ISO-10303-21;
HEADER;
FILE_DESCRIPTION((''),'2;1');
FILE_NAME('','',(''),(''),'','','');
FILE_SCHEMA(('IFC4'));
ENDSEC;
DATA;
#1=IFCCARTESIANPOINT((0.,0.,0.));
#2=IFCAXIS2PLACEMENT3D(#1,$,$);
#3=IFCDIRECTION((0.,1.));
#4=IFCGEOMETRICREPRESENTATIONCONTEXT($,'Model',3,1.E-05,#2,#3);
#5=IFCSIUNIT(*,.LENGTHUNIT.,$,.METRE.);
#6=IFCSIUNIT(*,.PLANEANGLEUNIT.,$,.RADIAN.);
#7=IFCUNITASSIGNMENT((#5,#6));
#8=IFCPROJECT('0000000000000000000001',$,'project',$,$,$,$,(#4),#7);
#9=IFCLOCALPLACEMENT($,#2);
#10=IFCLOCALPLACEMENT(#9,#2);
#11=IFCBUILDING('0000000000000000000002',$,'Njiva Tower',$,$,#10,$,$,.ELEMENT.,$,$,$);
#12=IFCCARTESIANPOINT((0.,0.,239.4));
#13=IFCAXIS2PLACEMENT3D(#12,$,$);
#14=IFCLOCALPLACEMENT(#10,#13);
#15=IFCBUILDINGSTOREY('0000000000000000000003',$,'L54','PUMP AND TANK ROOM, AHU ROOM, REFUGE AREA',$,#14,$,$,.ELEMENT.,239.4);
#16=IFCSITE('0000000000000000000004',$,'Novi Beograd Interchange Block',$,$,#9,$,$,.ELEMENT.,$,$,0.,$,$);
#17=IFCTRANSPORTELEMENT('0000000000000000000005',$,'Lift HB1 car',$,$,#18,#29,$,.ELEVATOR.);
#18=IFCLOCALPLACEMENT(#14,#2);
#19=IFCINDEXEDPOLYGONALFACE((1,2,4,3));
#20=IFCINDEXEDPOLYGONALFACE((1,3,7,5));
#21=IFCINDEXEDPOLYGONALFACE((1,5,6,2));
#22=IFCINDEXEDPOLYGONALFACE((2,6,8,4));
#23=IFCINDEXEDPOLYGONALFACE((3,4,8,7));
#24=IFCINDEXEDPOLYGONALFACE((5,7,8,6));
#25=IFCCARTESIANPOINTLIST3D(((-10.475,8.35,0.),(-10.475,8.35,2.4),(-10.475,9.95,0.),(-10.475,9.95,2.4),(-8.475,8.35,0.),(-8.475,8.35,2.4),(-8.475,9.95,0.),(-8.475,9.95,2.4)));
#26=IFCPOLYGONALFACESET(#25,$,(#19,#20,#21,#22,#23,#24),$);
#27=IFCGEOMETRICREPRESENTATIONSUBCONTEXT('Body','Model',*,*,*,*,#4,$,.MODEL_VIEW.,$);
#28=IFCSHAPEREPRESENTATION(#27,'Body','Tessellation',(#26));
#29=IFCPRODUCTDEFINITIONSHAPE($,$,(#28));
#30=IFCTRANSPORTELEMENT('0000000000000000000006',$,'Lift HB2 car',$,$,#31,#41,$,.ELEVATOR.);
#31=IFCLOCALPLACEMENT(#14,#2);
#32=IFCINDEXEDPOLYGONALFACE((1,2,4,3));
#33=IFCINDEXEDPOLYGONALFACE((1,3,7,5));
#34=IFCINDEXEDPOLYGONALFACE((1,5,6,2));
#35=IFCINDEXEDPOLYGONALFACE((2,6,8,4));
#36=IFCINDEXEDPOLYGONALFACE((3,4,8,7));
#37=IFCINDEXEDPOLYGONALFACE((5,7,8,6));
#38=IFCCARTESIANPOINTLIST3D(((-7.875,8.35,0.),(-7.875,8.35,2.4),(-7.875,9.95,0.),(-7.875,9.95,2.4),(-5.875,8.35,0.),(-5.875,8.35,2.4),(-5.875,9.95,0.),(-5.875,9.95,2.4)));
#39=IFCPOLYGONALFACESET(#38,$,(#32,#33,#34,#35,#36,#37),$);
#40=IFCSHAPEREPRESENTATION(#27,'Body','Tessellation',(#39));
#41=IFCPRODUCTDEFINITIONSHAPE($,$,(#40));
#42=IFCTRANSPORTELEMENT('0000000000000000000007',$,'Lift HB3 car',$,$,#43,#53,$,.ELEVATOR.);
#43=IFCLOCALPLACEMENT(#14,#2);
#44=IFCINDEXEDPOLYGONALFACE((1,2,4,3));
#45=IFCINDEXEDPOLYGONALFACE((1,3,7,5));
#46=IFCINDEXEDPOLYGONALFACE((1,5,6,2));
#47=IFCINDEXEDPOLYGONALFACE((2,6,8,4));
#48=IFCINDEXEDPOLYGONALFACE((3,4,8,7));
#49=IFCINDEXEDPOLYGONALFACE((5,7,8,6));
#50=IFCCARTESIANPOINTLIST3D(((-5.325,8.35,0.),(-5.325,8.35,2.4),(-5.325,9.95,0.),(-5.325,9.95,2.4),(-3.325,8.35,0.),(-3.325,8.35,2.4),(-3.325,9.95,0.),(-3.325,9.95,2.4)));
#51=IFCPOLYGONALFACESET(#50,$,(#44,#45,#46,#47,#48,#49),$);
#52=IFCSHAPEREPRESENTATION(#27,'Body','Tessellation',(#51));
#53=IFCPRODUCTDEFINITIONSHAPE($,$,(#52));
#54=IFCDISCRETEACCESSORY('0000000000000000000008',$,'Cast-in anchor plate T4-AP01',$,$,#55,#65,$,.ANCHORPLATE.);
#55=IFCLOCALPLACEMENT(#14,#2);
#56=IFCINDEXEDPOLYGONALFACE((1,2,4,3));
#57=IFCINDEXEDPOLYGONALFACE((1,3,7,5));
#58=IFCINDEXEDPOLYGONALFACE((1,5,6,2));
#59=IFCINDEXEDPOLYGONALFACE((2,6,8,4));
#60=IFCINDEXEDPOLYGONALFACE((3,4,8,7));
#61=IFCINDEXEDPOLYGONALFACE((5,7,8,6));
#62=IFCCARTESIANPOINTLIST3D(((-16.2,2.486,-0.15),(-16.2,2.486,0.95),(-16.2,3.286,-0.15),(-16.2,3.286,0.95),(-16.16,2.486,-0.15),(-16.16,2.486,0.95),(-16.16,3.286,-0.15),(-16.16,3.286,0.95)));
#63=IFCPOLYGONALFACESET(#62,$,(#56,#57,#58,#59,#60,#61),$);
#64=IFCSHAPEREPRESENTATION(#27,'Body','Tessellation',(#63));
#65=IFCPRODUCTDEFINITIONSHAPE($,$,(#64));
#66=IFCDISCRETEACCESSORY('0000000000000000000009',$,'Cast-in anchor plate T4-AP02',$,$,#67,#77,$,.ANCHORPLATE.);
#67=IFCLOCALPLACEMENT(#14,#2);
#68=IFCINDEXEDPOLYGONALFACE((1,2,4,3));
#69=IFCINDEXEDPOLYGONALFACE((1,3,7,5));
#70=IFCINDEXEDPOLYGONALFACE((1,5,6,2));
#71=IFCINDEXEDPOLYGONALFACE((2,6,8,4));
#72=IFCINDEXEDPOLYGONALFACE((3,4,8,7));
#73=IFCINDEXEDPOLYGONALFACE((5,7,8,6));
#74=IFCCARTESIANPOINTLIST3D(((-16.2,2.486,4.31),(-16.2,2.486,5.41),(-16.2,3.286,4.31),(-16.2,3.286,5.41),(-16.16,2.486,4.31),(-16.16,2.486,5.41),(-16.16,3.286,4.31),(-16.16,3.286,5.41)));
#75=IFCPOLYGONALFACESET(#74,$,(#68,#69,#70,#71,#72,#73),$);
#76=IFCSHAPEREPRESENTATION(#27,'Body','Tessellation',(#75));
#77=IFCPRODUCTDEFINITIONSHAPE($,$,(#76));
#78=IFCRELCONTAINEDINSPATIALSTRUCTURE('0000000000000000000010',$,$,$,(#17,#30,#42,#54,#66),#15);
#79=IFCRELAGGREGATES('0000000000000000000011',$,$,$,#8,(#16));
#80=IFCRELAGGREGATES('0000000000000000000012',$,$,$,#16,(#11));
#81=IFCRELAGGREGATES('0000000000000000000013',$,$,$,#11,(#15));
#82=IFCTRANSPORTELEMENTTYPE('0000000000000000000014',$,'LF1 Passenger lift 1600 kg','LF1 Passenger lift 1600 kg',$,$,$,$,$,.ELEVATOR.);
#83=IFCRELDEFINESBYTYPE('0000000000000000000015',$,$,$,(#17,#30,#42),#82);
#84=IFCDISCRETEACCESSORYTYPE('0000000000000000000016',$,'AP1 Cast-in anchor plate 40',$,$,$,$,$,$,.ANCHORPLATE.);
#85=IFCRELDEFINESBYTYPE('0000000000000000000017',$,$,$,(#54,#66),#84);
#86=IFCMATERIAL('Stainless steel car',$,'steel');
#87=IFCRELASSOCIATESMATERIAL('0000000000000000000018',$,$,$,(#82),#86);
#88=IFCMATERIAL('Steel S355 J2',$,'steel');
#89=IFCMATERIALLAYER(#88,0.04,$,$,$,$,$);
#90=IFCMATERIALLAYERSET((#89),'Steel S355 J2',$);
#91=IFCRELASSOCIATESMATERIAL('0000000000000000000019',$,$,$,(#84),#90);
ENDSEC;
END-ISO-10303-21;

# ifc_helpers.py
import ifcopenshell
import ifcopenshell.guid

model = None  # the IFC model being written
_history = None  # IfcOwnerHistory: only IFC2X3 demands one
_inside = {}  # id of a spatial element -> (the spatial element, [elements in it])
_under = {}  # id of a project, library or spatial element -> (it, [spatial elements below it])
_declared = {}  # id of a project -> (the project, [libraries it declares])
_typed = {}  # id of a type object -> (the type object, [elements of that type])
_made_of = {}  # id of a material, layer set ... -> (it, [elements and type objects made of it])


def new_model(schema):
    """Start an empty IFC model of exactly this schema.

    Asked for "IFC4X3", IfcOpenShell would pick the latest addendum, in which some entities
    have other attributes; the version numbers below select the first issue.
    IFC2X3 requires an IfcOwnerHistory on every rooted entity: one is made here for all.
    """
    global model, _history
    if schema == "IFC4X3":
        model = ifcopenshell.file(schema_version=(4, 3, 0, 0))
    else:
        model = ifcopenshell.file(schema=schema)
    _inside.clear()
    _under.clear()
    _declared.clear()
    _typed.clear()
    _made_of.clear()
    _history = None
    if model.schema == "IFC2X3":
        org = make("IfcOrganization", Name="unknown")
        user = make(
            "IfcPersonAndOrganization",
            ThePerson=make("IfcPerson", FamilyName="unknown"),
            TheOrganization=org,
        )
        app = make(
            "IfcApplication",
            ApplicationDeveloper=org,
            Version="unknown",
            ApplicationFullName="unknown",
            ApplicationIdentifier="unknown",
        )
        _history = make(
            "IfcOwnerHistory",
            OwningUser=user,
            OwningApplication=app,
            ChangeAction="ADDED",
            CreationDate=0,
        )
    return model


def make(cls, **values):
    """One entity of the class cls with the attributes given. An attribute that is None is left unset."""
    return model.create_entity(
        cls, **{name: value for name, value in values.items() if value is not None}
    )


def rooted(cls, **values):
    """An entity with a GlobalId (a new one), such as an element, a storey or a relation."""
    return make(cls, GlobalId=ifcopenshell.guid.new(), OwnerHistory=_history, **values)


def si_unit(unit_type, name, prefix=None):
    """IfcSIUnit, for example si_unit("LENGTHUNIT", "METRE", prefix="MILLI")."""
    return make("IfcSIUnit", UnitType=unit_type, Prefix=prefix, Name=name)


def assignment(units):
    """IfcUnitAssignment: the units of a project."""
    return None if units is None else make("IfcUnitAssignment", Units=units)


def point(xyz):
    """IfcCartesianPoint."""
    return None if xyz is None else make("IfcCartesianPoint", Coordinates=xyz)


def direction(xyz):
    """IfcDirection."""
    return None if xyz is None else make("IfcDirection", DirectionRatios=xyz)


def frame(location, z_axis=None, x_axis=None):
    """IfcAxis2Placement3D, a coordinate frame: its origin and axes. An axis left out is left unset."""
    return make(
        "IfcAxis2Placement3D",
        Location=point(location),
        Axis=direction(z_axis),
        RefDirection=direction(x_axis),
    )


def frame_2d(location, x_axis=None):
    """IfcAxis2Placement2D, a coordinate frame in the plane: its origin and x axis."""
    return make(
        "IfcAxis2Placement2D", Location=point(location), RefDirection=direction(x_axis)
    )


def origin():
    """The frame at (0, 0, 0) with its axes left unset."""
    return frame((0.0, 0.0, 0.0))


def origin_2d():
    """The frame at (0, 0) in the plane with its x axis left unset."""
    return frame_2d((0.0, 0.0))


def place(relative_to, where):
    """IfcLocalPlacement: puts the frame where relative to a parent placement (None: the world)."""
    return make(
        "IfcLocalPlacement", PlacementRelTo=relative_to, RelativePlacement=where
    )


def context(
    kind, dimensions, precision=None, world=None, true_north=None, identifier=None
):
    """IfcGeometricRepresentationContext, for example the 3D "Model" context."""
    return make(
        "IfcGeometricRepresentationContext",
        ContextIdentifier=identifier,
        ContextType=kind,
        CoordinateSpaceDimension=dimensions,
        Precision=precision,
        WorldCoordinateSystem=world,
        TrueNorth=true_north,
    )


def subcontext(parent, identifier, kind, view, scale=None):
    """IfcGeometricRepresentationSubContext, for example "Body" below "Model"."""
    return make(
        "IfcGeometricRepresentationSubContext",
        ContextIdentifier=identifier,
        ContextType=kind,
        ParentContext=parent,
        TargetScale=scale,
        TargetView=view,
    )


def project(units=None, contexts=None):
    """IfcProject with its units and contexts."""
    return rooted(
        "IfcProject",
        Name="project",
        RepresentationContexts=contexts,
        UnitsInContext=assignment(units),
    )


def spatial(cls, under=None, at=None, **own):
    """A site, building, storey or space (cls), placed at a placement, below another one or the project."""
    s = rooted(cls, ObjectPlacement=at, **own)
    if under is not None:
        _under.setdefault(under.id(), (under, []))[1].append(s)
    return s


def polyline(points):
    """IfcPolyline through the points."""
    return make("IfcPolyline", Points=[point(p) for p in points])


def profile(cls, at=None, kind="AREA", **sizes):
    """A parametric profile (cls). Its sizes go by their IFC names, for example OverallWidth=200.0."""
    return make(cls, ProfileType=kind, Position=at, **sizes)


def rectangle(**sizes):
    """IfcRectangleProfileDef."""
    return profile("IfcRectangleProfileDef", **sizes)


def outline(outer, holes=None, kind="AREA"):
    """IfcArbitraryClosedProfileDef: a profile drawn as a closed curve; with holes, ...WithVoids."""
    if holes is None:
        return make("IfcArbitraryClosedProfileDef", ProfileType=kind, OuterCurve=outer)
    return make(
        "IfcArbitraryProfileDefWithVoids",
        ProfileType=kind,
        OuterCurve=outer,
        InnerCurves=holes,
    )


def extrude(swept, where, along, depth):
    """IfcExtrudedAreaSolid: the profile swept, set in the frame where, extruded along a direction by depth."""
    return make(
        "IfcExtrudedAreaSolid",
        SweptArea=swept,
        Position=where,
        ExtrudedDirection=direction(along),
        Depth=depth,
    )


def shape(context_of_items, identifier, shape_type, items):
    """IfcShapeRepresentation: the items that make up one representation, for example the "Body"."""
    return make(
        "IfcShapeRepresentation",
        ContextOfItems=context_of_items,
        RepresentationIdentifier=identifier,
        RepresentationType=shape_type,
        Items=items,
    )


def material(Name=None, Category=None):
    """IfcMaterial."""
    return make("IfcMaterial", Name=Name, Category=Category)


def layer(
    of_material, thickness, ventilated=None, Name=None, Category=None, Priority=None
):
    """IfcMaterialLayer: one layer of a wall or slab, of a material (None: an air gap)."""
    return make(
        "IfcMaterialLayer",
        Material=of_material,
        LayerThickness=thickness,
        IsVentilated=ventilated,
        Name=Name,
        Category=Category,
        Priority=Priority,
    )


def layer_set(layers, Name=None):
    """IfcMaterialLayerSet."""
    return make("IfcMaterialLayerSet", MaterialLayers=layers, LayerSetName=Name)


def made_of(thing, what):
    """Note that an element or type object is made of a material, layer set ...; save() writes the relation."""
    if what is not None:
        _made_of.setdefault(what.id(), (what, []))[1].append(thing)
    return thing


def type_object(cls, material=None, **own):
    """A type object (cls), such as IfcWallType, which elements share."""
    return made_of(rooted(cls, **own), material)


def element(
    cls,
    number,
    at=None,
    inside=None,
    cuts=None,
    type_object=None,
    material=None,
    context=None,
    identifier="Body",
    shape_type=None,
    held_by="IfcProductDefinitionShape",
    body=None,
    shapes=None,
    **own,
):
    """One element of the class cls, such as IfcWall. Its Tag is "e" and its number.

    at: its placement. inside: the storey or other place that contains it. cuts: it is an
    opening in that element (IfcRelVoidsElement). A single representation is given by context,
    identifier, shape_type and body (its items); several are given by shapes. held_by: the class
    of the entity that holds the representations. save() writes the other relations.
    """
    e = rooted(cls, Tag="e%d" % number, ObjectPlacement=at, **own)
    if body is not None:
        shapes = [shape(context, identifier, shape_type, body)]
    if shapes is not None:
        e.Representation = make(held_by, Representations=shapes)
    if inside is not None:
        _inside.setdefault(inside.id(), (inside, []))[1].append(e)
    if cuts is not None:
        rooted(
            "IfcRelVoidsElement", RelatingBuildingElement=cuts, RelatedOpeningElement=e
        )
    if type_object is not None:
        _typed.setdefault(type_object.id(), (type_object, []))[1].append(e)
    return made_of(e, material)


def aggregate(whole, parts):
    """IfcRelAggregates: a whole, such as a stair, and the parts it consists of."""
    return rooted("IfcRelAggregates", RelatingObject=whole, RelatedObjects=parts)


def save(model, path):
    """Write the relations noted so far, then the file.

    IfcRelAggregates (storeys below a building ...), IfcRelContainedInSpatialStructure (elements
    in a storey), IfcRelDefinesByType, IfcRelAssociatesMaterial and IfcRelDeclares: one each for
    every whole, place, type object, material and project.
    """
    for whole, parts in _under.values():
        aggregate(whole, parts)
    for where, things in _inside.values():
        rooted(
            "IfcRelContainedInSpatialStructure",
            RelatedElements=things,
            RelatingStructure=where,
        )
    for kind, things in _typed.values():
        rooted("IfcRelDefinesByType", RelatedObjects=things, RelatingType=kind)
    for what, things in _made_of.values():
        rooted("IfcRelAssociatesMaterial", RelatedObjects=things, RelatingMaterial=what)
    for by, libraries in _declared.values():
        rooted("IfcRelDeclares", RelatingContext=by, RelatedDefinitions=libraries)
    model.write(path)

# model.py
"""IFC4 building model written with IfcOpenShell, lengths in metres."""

from ifc_helpers import new_model, si_unit, direction, frame, origin, origin_2d, place, context, subcontext, project, spatial, polyline, rectangle, outline, extrude, material, layer, layer_set, type_object, element, save


model = new_model("IFC4")

# Units and contexts
model_context = context("Model", 3, precision=1e-05, world=origin(), true_north=direction((0.0, 1.0)))
body_context = subcontext(model_context, "Body", "Model", "MODEL_VIEW")
ifc_project = project(units=[si_unit("LENGTHUNIT", "METRE"), si_unit("PLANEANGLEUNIT", "RADIAN")], contexts=[model_context])

# Site, building, storey
site_placement = place(None, origin())
site = spatial("IfcSite", under=ifc_project, at=site_placement, Name="Novi Beograd Interchange Block", CompositionType="ELEMENT", RefElevation=0.0)
building_placement = place(site_placement, origin())
building = spatial("IfcBuilding", under=site, at=building_placement, Name="Njiva Tower", CompositionType="ELEMENT")
storey_placement = place(building_placement, frame((0.0, 0.0, 239.4)))
storey = spatial("IfcBuildingStorey", under=building, at=storey_placement, Name="L54", Description="PUMP AND TANK ROOM, AHU ROOM, REFUGE AREA", CompositionType="ELEMENT", Elevation=239.4)

# Shared definitions
ifc_material_1 = material(Name="Steel S355 J2", Category="steel")

# Transport elements
ifc_material_2 = material(Name="Stainless steel car", Category="steel")
transport_element_type = type_object("IfcTransportElementType", Name="LF1 Passenger lift 1600 kg", Description="LF1 Passenger lift 1600 kg", PredefinedType="ELEVATOR", material=ifc_material_2)
for number, where, z_axis, x_axis, name in (
    (1, (-9.475, 9.15, 0.0), (0.0, 0.0, 1.0), (1.0, 0.0, 0.0), "Lift HB1 car"),
    (2, (-6.875, 9.15, 0.0), (0.0, 0.0, 1.0), (1.0, 0.0, 0.0), "Lift HB2 car"),
    (3, (-4.325, 9.15, 0.0), (0.0, 0.0, 1.0), (1.0, 0.0, 0.0), "Lift HB3 car"),
):
    element("IfcTransportElement", number, at=place(storey_placement, frame(where, z_axis=z_axis, x_axis=x_axis)), inside=storey, type_object=transport_element_type, Name=name, PredefinedType="ELEVATOR", context=body_context, shape_type="SweptSolid", body=[
        extrude(rectangle(XDim=2.0, YDim=1.6, at=origin_2d()), origin(), (0.0, 0.0, 1.0), 2.4),
    ])

# Discrete accessories
ifc_layer_1 = layer(ifc_material_1, 0.04)
ifc_layer_set_1 = layer_set([ifc_layer_1], Name="Steel S355 J2")
discrete_accessory_type = type_object("IfcDiscreteAccessoryType", Name="AP1 Cast-in anchor plate 40", PredefinedType="ANCHORPLATE", material=ifc_layer_set_1)
for number, where, name in (
    (4, (-16.18, 2.886, -0.15), "Cast-in anchor plate T4-AP01"),
    (5, (-16.18, 2.886, 4.31), "Cast-in anchor plate T4-AP02"),
):
    element("IfcDiscreteAccessory", number, at=place(storey_placement, frame(where)), inside=storey, type_object=discrete_accessory_type, Name=name, PredefinedType="ANCHORPLATE", context=body_context, shape_type="SweptSolid", body=[
        extrude(outline(polyline([(-0.02, -0.4), (0.02, -0.4), (0.02, 0.4), (-0.02, 0.4), (-0.02, -0.4)])), origin(), (0.0, 0.0, 1.0), 1.1),
    ])

save(model, "model.ifc")
